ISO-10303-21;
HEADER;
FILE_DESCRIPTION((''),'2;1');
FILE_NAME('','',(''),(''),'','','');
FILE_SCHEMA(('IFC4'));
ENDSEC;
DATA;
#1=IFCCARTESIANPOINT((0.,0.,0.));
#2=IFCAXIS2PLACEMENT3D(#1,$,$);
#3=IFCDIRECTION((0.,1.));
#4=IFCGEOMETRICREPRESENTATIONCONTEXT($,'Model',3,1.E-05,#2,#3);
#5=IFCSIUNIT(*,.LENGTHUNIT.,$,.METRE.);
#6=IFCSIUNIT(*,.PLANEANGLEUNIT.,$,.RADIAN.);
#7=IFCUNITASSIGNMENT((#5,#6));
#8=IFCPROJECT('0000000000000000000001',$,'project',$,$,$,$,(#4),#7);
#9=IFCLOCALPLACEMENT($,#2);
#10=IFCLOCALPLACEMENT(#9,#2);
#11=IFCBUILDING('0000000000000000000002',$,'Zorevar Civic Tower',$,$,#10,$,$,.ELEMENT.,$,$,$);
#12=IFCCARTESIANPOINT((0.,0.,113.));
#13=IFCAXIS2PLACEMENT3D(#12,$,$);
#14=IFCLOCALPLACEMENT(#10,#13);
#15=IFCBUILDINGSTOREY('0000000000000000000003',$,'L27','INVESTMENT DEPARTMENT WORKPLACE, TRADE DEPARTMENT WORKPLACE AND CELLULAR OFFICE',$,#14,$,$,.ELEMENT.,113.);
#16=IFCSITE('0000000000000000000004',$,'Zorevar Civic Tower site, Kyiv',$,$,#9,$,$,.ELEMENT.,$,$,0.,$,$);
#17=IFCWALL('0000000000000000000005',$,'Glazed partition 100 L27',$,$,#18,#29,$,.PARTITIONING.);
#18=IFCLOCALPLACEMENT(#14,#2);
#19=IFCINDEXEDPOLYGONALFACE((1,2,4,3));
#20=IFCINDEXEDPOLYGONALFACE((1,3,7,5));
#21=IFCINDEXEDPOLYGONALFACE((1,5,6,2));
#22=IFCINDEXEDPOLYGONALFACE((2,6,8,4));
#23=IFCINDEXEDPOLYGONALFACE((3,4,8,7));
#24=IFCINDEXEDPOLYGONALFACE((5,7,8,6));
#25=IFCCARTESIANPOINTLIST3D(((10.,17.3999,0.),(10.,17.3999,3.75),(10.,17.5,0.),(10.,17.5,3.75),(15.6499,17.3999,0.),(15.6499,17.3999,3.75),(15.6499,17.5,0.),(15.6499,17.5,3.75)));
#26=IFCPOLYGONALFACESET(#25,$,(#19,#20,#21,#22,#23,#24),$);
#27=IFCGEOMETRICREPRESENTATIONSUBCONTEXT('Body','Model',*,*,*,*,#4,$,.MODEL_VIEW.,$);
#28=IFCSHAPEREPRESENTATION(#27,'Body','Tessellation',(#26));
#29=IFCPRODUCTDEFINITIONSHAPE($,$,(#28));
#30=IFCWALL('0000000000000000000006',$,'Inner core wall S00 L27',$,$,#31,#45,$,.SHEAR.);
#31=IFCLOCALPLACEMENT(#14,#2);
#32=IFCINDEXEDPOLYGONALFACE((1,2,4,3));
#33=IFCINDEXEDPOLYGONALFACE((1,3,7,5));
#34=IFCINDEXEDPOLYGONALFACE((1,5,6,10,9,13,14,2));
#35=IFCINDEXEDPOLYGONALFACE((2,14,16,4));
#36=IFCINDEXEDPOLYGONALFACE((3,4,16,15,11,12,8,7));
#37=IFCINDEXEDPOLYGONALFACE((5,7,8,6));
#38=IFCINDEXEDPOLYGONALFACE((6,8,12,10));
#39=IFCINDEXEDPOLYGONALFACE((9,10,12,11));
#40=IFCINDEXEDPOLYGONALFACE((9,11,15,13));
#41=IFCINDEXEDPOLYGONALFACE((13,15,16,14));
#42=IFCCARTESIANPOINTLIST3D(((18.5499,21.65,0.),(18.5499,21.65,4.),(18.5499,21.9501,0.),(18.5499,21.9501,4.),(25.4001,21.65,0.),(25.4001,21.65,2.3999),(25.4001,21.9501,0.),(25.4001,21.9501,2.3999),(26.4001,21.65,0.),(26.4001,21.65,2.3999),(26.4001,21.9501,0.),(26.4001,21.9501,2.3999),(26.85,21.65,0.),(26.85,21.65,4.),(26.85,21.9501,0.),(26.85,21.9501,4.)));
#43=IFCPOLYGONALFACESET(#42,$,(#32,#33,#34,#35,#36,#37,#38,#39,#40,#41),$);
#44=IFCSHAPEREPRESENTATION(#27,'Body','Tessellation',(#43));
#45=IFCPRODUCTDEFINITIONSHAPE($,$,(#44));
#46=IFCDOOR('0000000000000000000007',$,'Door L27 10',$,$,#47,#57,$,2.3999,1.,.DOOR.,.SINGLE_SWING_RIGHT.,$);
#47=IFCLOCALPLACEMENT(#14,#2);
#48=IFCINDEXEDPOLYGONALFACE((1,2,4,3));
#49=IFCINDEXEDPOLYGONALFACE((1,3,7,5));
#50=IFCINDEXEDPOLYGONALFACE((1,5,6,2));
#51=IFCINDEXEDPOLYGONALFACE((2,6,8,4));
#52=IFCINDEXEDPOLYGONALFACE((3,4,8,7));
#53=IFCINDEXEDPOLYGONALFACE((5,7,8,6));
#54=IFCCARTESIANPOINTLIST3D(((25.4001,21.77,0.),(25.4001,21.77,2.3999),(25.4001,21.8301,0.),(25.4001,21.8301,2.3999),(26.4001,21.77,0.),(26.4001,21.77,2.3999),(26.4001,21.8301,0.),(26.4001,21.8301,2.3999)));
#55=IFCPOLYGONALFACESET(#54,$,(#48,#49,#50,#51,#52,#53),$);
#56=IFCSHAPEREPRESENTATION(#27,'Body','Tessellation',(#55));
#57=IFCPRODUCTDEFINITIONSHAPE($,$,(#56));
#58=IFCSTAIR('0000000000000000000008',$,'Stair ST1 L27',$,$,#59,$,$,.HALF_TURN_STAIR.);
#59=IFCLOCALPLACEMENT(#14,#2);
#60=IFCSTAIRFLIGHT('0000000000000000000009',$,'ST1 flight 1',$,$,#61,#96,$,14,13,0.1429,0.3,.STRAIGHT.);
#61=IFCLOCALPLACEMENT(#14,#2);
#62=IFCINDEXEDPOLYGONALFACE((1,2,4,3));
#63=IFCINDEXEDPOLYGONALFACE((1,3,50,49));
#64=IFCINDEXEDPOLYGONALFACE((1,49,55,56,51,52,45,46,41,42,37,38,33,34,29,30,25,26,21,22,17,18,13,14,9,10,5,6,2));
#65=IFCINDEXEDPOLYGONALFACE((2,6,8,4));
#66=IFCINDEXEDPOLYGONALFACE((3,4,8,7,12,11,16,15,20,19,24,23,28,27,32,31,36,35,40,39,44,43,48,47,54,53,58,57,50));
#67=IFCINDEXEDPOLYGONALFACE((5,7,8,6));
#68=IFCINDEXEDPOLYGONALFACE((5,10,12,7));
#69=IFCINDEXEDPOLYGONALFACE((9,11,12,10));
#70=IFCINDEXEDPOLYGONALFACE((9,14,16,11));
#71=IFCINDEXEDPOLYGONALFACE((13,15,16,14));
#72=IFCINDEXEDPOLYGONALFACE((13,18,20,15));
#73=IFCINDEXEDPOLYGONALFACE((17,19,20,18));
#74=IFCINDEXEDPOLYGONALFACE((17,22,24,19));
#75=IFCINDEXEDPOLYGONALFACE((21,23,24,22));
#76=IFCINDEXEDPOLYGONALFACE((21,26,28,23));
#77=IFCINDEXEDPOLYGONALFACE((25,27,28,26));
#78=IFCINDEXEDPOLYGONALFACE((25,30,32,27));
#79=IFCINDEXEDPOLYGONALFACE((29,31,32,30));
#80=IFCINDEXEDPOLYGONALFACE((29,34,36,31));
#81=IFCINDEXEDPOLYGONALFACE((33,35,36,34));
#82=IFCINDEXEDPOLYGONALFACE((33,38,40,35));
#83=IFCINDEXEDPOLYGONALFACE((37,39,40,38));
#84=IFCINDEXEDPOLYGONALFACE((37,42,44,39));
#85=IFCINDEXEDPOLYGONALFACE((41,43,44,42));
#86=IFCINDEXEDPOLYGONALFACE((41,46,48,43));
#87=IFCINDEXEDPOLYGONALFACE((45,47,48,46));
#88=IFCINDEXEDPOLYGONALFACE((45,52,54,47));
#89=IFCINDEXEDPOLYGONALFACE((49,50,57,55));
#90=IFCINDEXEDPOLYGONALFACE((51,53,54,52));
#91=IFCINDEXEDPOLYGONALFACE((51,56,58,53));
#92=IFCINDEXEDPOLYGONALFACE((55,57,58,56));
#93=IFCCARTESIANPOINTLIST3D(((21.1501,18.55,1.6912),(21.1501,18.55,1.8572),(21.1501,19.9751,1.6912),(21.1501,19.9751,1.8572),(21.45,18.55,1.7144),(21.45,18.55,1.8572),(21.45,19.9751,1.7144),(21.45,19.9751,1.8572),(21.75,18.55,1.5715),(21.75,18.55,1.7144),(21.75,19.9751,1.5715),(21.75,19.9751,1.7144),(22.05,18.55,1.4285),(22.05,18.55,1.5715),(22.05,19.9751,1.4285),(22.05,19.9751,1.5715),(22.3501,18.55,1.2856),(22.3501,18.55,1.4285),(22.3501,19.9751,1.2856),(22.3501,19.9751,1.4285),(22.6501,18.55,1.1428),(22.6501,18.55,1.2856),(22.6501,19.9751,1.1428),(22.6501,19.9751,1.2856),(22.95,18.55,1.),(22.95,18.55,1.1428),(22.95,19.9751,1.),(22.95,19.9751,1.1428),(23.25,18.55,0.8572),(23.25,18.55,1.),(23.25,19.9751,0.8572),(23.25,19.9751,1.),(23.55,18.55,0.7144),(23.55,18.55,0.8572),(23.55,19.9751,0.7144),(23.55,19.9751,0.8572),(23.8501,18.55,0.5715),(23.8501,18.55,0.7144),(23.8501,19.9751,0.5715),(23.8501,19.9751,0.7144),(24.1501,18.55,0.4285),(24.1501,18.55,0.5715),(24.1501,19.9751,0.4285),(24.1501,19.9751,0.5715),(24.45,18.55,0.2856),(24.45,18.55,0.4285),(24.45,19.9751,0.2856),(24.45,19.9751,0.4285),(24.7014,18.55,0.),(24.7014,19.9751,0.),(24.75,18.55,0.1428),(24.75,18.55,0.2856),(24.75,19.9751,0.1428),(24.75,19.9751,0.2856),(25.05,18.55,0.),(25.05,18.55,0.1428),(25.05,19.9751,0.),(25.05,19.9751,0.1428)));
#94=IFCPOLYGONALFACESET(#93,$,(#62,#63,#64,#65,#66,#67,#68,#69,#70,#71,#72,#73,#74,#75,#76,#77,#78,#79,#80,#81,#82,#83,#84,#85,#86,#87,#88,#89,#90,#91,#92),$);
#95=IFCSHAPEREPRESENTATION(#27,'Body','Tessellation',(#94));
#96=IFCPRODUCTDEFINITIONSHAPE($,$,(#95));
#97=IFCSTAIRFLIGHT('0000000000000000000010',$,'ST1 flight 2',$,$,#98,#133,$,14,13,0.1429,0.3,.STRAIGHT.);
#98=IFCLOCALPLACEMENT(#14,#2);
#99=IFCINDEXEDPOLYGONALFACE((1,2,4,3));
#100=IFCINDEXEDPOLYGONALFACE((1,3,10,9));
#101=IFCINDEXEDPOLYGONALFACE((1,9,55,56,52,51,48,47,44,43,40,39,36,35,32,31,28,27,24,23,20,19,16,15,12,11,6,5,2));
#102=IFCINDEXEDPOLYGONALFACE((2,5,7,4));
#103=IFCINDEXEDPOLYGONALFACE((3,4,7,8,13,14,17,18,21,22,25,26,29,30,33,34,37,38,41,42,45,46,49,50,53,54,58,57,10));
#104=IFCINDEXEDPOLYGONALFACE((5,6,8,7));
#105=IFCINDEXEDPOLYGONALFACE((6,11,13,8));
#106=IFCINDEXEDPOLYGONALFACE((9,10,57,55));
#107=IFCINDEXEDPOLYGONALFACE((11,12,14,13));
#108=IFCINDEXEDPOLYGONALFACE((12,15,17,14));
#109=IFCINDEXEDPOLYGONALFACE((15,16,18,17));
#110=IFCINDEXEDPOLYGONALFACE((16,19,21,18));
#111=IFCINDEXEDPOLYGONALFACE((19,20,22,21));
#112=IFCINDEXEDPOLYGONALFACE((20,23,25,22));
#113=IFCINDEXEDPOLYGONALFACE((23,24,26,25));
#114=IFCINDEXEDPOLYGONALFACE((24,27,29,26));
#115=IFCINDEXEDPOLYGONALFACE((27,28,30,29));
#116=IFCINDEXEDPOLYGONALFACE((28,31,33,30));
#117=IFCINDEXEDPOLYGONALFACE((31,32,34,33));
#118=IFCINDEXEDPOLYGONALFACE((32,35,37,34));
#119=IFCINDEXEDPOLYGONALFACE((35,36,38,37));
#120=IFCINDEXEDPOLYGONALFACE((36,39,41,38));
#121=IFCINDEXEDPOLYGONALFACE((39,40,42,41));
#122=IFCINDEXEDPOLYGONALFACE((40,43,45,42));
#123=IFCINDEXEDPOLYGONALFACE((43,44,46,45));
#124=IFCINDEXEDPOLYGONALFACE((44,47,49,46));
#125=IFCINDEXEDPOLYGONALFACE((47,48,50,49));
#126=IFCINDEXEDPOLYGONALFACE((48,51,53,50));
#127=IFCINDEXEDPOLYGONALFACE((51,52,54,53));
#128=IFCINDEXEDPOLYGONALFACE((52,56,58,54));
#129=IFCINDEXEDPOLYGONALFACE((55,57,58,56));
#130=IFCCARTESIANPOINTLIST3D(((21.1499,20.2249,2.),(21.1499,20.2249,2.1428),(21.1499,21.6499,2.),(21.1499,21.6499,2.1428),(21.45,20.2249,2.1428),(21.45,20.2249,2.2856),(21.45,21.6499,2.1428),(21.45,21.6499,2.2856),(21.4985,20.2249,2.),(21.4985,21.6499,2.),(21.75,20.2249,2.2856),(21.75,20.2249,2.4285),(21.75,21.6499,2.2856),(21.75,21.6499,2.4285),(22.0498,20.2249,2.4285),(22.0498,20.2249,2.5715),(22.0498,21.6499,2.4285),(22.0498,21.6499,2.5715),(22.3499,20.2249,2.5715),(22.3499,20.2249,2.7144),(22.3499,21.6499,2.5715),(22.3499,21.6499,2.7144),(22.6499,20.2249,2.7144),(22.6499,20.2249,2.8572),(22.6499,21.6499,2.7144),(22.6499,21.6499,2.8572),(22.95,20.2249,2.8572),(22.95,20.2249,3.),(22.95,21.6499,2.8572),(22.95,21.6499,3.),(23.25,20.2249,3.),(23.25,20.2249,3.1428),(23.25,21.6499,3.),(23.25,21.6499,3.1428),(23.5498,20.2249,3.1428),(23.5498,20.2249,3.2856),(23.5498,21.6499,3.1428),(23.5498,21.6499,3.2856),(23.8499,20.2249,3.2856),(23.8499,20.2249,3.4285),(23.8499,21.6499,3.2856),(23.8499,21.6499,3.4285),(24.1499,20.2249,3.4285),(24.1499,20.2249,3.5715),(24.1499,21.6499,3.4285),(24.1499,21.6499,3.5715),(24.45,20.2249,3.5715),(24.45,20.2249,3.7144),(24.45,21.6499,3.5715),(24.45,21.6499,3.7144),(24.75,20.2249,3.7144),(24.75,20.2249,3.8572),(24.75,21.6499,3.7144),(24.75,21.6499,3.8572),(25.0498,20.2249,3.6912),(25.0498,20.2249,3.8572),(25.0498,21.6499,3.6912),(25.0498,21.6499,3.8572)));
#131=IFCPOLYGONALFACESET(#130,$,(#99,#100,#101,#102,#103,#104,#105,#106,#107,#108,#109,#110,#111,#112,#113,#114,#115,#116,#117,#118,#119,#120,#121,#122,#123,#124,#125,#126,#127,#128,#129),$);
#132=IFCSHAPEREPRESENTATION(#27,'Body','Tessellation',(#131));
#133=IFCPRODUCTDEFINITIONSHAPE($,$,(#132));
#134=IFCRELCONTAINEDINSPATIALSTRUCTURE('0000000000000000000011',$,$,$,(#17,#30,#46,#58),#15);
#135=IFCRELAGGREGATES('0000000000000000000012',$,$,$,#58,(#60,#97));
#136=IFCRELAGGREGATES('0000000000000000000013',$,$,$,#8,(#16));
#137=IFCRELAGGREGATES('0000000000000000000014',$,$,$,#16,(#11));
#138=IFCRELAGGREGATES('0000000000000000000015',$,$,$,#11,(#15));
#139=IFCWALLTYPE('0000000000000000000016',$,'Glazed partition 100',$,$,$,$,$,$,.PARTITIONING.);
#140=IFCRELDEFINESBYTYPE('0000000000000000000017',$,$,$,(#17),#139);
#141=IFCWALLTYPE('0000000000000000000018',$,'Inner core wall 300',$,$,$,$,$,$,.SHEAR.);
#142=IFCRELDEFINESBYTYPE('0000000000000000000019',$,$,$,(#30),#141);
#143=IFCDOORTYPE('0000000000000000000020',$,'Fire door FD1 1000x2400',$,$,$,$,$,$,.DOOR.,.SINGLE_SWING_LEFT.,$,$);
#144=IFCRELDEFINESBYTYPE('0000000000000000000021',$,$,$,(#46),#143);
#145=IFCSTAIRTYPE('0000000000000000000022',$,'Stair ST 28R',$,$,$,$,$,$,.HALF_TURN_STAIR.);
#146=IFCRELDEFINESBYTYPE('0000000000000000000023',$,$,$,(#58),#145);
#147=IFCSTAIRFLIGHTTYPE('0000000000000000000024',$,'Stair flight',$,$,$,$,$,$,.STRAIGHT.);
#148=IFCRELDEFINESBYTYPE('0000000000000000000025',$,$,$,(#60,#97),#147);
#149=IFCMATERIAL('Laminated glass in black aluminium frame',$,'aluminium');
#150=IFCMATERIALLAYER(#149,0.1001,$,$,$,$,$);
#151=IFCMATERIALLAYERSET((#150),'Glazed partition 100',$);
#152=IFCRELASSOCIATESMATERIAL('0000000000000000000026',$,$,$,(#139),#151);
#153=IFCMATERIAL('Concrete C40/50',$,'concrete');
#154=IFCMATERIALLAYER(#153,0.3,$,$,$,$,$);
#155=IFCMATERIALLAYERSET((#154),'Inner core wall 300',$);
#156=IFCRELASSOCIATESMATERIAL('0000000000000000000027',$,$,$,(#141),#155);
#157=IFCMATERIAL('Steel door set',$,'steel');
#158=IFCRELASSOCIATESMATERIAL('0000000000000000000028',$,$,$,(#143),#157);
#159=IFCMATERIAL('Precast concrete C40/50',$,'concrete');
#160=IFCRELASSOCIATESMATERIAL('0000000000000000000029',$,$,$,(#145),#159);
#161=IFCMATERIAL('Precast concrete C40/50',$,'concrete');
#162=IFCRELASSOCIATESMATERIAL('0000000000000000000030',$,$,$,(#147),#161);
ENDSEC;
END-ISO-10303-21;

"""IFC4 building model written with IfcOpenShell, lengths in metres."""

from ifc_helpers import new_model, si_unit, direction, frame, frame_2d, origin, place, context, subcontext, project, spatial, polyline, rectangle, outline, extrude, material, layer, layer_set, type_object, element, fill, aggregate, save


model = new_model("IFC4")

# Units and contexts
model_context = context("Model", 3, precision=1e-05, world=origin(), true_north=direction((0.0, 1.0)))
body_context = subcontext(model_context, "Body", "Model", "MODEL_VIEW")
ifc_project = project(units=[si_unit("LENGTHUNIT", "METRE"), si_unit("PLANEANGLEUNIT", "RADIAN")], contexts=[model_context])

# Site, building, storey
site_placement = place(None, origin())
site = spatial("IfcSite", under=ifc_project, at=site_placement, Name="Zorevar Civic Tower site, Kyiv", CompositionType="ELEMENT", RefElevation=0.0)
building_placement = place(site_placement, origin())
building = spatial("IfcBuilding", under=site, at=building_placement, Name="Zorevar Civic Tower", CompositionType="ELEMENT")
storey_placement = place(building_placement, frame((0.0, 0.0, 113.0)))
storey = spatial("IfcBuildingStorey", under=building, at=storey_placement, Name="L27", Description="INVESTMENT DEPARTMENT WORKPLACE, TRADE DEPARTMENT WORKPLACE AND CELLULAR OFFICE", CompositionType="ELEMENT", Elevation=113.0)

# Wall
ifc_material_1 = material(Name="Laminated glass in black aluminium frame", Category="aluminium")
ifc_layer_1 = layer(ifc_material_1, 0.1001)
ifc_layer_set_1 = layer_set([ifc_layer_1], Name="Glazed partition 100")
wall_type_1 = type_object("IfcWallType", Name="Glazed partition 100", PredefinedType="PARTITIONING", material=ifc_layer_set_1)
wall_1_placement = place(storey_placement, frame((10.0, 17.45, 0.0), z_axis=(0.0, 0.0, 1.0), x_axis=(1.0, 0.0, 0.0)))
element("IfcWall", 1, at=wall_1_placement, inside=storey, type_object=wall_type_1, Name="Glazed partition 100 L27", PredefinedType="PARTITIONING", context=body_context, shape_type="SweptSolid", body=[
    extrude(rectangle(XDim=5.6499, YDim=0.1001, at=frame_2d((2.825, 0.0))), origin(), (0.0, 0.0, 1.0), 3.75),
])

# Wall, opening, door
ifc_material_2 = material(Name="Concrete C40/50", Category="concrete")
ifc_layer_2 = layer(ifc_material_2, 0.3)
ifc_layer_set_2 = layer_set([ifc_layer_2], Name="Inner core wall 300")
wall_type_2 = type_object("IfcWallType", Name="Inner core wall 300", PredefinedType="SHEAR", material=ifc_layer_set_2)
wall_2_placement = place(storey_placement, frame((18.55, 21.8, 0.0), z_axis=(0.0, 0.0, 1.0), x_axis=(1.0, 0.0, 0.0)))
wall_2 = element("IfcWall", 2, at=wall_2_placement, inside=storey, type_object=wall_type_2, Name="Inner core wall S00 L27", PredefinedType="SHEAR", context=body_context, shape_type="SweptSolid", body=[
    extrude(rectangle(XDim=8.3, YDim=0.3, at=frame_2d((4.1499, 0.0))), origin(), (0.0, 0.0, 1.0), 4.0),
])
opening_1_placement = place(wall_2_placement, frame((6.8501, 0.0, 0.0)))
opening_1 = element("IfcOpeningElement", 3, at=opening_1_placement, cuts=wall_2, PredefinedType="OPENING", context=body_context, shape_type="SweptSolid", body=[
    extrude(rectangle(XDim=1.0, YDim=2.3999, at=frame_2d((0.5, 1.2))), frame((0.0, 0.1599, 0.0), z_axis=(0.0, -1.0, 0.0), x_axis=(1.0, 0.0, 0.0)), (0.0, 0.0, 1.0), 0.3201),
])
ifc_material_3 = material(Name="Steel door set", Category="steel")
door_type_1 = type_object("IfcDoorType", Name="Fire door FD1 1000x2400", OperationType="SINGLE_SWING_LEFT", PredefinedType="DOOR", material=ifc_material_3)
door_1_placement = place(opening_1_placement, origin())
door_1 = element("IfcDoor", 4, at=door_1_placement, inside=storey, type_object=door_type_1, Name="Door L27 10", OperationType="SINGLE_SWING_RIGHT", OverallHeight=2.3999, OverallWidth=1.0, PredefinedType="DOOR", context=body_context, shape_type="SweptSolid", body=[
    extrude(rectangle(XDim=1.0, YDim=2.3999, at=frame_2d((0.5, 1.2))), frame((0.0, 0.03, 0.0), z_axis=(0.0, -1.0, 0.0), x_axis=(1.0, 0.0, 0.0)), (0.0, 0.0, 1.0), 0.0601),
])
fill(opening_1, door_1)

# Stair, stair flights
ifc_material_4 = material(Name="Precast concrete C40/50", Category="concrete")
stair_type = type_object("IfcStairType", Name="Stair ST 28R", PredefinedType="HALF_TURN_STAIR", material=ifc_material_4)
stair_placement = place(storey_placement, origin())
stair = element("IfcStair", 5, at=stair_placement, inside=storey, type_object=stair_type, Name="Stair ST1 L27", PredefinedType="HALF_TURN_STAIR")
ifc_material_5 = material(Name="Precast concrete C40/50", Category="concrete")
stair_flight_type = type_object("IfcStairFlightType", Name="Stair flight", PredefinedType="STRAIGHT", material=ifc_material_5)
stair_flight_1_placement = place(storey_placement, frame((25.05, 19.2625, 0.0), z_axis=(0.0, 0.0, 1.0), x_axis=(-1.0, 0.0, 0.0)))
stair_flight_1 = element("IfcStairFlight", 6, at=stair_flight_1_placement, type_object=stair_flight_type, Name="ST1 flight 1", NumberOfRisers=14, NumberOfTreads=13, PredefinedType="STRAIGHT", RiserHeight=0.1429, TreadLength=0.3, context=body_context, shape_type="SweptSolid", body=[
    extrude(outline(polyline([(0.0, 0.0), (0.0, 0.1428), (0.3, 0.1428), (0.3, 0.2856), (0.6001, 0.2856), (0.6001, 0.4285), (0.8999, 0.4285), (0.8999, 0.5715), (1.2, 0.5715), (1.2, 0.7144), (1.5, 0.7144), (1.5, 0.8572), (1.8, 0.8572), (1.8, 1.0), (2.1001, 1.0), (2.1001, 1.1428), (2.3999, 1.1428), (2.3999, 1.2856), (2.7, 1.2856), (2.7, 1.4285), (3.0, 1.4285), (3.0, 1.5715), (3.3, 1.5715), (3.3, 1.7144), (3.6001, 1.7144), (3.6001, 1.8572), (3.8999, 1.8572), (3.8999, 2.0), (3.8999, 1.6912), (0.3486, 0.0), (0.0, 0.0)])), frame((0.0, 0.7124, 0.0), z_axis=(0.0, -1.0, 0.0), x_axis=(1.0, 0.0, 0.0)), (0.0, 0.0, 1.0), 1.425),
])
stair_flight_2_placement = place(storey_placement, frame((21.1499, 20.9375, 2.0), z_axis=(0.0, 0.0, 1.0), x_axis=(1.0, 0.0, 0.0)))
stair_flight_2 = element("IfcStairFlight", 7, at=stair_flight_2_placement, type_object=stair_flight_type, Name="ST1 flight 2", NumberOfRisers=14, NumberOfTreads=13, PredefinedType="STRAIGHT", RiserHeight=0.1429, TreadLength=0.3, context=body_context, shape_type="SweptSolid", body=[
    extrude(outline(polyline([(0.0, 0.0), (0.0, 0.1428), (0.3, 0.1428), (0.3, 0.2856), (0.6001, 0.2856), (0.6001, 0.4285), (0.8999, 0.4285), (0.8999, 0.5715), (1.2, 0.5715), (1.2, 0.7144), (1.5, 0.7144), (1.5, 0.8572), (1.8, 0.8572), (1.8, 1.0), (2.1001, 1.0), (2.1001, 1.1428), (2.3999, 1.1428), (2.3999, 1.2856), (2.7, 1.2856), (2.7, 1.4285), (3.0, 1.4285), (3.0, 1.5715), (3.3, 1.5715), (3.3, 1.7144), (3.6001, 1.7144), (3.6001, 1.8572), (3.8999, 1.8572), (3.8999, 2.0), (3.8999, 1.6912), (0.3486, 0.0), (0.0, 0.0)])), frame((0.0, 0.7124, 0.0), z_axis=(0.0, -1.0, 0.0), x_axis=(1.0, 0.0, 0.0)), (0.0, 0.0, 1.0), 1.425),
])
aggregate(stair, [stair_flight_1, stair_flight_2])

save(model, "model.ifc")
